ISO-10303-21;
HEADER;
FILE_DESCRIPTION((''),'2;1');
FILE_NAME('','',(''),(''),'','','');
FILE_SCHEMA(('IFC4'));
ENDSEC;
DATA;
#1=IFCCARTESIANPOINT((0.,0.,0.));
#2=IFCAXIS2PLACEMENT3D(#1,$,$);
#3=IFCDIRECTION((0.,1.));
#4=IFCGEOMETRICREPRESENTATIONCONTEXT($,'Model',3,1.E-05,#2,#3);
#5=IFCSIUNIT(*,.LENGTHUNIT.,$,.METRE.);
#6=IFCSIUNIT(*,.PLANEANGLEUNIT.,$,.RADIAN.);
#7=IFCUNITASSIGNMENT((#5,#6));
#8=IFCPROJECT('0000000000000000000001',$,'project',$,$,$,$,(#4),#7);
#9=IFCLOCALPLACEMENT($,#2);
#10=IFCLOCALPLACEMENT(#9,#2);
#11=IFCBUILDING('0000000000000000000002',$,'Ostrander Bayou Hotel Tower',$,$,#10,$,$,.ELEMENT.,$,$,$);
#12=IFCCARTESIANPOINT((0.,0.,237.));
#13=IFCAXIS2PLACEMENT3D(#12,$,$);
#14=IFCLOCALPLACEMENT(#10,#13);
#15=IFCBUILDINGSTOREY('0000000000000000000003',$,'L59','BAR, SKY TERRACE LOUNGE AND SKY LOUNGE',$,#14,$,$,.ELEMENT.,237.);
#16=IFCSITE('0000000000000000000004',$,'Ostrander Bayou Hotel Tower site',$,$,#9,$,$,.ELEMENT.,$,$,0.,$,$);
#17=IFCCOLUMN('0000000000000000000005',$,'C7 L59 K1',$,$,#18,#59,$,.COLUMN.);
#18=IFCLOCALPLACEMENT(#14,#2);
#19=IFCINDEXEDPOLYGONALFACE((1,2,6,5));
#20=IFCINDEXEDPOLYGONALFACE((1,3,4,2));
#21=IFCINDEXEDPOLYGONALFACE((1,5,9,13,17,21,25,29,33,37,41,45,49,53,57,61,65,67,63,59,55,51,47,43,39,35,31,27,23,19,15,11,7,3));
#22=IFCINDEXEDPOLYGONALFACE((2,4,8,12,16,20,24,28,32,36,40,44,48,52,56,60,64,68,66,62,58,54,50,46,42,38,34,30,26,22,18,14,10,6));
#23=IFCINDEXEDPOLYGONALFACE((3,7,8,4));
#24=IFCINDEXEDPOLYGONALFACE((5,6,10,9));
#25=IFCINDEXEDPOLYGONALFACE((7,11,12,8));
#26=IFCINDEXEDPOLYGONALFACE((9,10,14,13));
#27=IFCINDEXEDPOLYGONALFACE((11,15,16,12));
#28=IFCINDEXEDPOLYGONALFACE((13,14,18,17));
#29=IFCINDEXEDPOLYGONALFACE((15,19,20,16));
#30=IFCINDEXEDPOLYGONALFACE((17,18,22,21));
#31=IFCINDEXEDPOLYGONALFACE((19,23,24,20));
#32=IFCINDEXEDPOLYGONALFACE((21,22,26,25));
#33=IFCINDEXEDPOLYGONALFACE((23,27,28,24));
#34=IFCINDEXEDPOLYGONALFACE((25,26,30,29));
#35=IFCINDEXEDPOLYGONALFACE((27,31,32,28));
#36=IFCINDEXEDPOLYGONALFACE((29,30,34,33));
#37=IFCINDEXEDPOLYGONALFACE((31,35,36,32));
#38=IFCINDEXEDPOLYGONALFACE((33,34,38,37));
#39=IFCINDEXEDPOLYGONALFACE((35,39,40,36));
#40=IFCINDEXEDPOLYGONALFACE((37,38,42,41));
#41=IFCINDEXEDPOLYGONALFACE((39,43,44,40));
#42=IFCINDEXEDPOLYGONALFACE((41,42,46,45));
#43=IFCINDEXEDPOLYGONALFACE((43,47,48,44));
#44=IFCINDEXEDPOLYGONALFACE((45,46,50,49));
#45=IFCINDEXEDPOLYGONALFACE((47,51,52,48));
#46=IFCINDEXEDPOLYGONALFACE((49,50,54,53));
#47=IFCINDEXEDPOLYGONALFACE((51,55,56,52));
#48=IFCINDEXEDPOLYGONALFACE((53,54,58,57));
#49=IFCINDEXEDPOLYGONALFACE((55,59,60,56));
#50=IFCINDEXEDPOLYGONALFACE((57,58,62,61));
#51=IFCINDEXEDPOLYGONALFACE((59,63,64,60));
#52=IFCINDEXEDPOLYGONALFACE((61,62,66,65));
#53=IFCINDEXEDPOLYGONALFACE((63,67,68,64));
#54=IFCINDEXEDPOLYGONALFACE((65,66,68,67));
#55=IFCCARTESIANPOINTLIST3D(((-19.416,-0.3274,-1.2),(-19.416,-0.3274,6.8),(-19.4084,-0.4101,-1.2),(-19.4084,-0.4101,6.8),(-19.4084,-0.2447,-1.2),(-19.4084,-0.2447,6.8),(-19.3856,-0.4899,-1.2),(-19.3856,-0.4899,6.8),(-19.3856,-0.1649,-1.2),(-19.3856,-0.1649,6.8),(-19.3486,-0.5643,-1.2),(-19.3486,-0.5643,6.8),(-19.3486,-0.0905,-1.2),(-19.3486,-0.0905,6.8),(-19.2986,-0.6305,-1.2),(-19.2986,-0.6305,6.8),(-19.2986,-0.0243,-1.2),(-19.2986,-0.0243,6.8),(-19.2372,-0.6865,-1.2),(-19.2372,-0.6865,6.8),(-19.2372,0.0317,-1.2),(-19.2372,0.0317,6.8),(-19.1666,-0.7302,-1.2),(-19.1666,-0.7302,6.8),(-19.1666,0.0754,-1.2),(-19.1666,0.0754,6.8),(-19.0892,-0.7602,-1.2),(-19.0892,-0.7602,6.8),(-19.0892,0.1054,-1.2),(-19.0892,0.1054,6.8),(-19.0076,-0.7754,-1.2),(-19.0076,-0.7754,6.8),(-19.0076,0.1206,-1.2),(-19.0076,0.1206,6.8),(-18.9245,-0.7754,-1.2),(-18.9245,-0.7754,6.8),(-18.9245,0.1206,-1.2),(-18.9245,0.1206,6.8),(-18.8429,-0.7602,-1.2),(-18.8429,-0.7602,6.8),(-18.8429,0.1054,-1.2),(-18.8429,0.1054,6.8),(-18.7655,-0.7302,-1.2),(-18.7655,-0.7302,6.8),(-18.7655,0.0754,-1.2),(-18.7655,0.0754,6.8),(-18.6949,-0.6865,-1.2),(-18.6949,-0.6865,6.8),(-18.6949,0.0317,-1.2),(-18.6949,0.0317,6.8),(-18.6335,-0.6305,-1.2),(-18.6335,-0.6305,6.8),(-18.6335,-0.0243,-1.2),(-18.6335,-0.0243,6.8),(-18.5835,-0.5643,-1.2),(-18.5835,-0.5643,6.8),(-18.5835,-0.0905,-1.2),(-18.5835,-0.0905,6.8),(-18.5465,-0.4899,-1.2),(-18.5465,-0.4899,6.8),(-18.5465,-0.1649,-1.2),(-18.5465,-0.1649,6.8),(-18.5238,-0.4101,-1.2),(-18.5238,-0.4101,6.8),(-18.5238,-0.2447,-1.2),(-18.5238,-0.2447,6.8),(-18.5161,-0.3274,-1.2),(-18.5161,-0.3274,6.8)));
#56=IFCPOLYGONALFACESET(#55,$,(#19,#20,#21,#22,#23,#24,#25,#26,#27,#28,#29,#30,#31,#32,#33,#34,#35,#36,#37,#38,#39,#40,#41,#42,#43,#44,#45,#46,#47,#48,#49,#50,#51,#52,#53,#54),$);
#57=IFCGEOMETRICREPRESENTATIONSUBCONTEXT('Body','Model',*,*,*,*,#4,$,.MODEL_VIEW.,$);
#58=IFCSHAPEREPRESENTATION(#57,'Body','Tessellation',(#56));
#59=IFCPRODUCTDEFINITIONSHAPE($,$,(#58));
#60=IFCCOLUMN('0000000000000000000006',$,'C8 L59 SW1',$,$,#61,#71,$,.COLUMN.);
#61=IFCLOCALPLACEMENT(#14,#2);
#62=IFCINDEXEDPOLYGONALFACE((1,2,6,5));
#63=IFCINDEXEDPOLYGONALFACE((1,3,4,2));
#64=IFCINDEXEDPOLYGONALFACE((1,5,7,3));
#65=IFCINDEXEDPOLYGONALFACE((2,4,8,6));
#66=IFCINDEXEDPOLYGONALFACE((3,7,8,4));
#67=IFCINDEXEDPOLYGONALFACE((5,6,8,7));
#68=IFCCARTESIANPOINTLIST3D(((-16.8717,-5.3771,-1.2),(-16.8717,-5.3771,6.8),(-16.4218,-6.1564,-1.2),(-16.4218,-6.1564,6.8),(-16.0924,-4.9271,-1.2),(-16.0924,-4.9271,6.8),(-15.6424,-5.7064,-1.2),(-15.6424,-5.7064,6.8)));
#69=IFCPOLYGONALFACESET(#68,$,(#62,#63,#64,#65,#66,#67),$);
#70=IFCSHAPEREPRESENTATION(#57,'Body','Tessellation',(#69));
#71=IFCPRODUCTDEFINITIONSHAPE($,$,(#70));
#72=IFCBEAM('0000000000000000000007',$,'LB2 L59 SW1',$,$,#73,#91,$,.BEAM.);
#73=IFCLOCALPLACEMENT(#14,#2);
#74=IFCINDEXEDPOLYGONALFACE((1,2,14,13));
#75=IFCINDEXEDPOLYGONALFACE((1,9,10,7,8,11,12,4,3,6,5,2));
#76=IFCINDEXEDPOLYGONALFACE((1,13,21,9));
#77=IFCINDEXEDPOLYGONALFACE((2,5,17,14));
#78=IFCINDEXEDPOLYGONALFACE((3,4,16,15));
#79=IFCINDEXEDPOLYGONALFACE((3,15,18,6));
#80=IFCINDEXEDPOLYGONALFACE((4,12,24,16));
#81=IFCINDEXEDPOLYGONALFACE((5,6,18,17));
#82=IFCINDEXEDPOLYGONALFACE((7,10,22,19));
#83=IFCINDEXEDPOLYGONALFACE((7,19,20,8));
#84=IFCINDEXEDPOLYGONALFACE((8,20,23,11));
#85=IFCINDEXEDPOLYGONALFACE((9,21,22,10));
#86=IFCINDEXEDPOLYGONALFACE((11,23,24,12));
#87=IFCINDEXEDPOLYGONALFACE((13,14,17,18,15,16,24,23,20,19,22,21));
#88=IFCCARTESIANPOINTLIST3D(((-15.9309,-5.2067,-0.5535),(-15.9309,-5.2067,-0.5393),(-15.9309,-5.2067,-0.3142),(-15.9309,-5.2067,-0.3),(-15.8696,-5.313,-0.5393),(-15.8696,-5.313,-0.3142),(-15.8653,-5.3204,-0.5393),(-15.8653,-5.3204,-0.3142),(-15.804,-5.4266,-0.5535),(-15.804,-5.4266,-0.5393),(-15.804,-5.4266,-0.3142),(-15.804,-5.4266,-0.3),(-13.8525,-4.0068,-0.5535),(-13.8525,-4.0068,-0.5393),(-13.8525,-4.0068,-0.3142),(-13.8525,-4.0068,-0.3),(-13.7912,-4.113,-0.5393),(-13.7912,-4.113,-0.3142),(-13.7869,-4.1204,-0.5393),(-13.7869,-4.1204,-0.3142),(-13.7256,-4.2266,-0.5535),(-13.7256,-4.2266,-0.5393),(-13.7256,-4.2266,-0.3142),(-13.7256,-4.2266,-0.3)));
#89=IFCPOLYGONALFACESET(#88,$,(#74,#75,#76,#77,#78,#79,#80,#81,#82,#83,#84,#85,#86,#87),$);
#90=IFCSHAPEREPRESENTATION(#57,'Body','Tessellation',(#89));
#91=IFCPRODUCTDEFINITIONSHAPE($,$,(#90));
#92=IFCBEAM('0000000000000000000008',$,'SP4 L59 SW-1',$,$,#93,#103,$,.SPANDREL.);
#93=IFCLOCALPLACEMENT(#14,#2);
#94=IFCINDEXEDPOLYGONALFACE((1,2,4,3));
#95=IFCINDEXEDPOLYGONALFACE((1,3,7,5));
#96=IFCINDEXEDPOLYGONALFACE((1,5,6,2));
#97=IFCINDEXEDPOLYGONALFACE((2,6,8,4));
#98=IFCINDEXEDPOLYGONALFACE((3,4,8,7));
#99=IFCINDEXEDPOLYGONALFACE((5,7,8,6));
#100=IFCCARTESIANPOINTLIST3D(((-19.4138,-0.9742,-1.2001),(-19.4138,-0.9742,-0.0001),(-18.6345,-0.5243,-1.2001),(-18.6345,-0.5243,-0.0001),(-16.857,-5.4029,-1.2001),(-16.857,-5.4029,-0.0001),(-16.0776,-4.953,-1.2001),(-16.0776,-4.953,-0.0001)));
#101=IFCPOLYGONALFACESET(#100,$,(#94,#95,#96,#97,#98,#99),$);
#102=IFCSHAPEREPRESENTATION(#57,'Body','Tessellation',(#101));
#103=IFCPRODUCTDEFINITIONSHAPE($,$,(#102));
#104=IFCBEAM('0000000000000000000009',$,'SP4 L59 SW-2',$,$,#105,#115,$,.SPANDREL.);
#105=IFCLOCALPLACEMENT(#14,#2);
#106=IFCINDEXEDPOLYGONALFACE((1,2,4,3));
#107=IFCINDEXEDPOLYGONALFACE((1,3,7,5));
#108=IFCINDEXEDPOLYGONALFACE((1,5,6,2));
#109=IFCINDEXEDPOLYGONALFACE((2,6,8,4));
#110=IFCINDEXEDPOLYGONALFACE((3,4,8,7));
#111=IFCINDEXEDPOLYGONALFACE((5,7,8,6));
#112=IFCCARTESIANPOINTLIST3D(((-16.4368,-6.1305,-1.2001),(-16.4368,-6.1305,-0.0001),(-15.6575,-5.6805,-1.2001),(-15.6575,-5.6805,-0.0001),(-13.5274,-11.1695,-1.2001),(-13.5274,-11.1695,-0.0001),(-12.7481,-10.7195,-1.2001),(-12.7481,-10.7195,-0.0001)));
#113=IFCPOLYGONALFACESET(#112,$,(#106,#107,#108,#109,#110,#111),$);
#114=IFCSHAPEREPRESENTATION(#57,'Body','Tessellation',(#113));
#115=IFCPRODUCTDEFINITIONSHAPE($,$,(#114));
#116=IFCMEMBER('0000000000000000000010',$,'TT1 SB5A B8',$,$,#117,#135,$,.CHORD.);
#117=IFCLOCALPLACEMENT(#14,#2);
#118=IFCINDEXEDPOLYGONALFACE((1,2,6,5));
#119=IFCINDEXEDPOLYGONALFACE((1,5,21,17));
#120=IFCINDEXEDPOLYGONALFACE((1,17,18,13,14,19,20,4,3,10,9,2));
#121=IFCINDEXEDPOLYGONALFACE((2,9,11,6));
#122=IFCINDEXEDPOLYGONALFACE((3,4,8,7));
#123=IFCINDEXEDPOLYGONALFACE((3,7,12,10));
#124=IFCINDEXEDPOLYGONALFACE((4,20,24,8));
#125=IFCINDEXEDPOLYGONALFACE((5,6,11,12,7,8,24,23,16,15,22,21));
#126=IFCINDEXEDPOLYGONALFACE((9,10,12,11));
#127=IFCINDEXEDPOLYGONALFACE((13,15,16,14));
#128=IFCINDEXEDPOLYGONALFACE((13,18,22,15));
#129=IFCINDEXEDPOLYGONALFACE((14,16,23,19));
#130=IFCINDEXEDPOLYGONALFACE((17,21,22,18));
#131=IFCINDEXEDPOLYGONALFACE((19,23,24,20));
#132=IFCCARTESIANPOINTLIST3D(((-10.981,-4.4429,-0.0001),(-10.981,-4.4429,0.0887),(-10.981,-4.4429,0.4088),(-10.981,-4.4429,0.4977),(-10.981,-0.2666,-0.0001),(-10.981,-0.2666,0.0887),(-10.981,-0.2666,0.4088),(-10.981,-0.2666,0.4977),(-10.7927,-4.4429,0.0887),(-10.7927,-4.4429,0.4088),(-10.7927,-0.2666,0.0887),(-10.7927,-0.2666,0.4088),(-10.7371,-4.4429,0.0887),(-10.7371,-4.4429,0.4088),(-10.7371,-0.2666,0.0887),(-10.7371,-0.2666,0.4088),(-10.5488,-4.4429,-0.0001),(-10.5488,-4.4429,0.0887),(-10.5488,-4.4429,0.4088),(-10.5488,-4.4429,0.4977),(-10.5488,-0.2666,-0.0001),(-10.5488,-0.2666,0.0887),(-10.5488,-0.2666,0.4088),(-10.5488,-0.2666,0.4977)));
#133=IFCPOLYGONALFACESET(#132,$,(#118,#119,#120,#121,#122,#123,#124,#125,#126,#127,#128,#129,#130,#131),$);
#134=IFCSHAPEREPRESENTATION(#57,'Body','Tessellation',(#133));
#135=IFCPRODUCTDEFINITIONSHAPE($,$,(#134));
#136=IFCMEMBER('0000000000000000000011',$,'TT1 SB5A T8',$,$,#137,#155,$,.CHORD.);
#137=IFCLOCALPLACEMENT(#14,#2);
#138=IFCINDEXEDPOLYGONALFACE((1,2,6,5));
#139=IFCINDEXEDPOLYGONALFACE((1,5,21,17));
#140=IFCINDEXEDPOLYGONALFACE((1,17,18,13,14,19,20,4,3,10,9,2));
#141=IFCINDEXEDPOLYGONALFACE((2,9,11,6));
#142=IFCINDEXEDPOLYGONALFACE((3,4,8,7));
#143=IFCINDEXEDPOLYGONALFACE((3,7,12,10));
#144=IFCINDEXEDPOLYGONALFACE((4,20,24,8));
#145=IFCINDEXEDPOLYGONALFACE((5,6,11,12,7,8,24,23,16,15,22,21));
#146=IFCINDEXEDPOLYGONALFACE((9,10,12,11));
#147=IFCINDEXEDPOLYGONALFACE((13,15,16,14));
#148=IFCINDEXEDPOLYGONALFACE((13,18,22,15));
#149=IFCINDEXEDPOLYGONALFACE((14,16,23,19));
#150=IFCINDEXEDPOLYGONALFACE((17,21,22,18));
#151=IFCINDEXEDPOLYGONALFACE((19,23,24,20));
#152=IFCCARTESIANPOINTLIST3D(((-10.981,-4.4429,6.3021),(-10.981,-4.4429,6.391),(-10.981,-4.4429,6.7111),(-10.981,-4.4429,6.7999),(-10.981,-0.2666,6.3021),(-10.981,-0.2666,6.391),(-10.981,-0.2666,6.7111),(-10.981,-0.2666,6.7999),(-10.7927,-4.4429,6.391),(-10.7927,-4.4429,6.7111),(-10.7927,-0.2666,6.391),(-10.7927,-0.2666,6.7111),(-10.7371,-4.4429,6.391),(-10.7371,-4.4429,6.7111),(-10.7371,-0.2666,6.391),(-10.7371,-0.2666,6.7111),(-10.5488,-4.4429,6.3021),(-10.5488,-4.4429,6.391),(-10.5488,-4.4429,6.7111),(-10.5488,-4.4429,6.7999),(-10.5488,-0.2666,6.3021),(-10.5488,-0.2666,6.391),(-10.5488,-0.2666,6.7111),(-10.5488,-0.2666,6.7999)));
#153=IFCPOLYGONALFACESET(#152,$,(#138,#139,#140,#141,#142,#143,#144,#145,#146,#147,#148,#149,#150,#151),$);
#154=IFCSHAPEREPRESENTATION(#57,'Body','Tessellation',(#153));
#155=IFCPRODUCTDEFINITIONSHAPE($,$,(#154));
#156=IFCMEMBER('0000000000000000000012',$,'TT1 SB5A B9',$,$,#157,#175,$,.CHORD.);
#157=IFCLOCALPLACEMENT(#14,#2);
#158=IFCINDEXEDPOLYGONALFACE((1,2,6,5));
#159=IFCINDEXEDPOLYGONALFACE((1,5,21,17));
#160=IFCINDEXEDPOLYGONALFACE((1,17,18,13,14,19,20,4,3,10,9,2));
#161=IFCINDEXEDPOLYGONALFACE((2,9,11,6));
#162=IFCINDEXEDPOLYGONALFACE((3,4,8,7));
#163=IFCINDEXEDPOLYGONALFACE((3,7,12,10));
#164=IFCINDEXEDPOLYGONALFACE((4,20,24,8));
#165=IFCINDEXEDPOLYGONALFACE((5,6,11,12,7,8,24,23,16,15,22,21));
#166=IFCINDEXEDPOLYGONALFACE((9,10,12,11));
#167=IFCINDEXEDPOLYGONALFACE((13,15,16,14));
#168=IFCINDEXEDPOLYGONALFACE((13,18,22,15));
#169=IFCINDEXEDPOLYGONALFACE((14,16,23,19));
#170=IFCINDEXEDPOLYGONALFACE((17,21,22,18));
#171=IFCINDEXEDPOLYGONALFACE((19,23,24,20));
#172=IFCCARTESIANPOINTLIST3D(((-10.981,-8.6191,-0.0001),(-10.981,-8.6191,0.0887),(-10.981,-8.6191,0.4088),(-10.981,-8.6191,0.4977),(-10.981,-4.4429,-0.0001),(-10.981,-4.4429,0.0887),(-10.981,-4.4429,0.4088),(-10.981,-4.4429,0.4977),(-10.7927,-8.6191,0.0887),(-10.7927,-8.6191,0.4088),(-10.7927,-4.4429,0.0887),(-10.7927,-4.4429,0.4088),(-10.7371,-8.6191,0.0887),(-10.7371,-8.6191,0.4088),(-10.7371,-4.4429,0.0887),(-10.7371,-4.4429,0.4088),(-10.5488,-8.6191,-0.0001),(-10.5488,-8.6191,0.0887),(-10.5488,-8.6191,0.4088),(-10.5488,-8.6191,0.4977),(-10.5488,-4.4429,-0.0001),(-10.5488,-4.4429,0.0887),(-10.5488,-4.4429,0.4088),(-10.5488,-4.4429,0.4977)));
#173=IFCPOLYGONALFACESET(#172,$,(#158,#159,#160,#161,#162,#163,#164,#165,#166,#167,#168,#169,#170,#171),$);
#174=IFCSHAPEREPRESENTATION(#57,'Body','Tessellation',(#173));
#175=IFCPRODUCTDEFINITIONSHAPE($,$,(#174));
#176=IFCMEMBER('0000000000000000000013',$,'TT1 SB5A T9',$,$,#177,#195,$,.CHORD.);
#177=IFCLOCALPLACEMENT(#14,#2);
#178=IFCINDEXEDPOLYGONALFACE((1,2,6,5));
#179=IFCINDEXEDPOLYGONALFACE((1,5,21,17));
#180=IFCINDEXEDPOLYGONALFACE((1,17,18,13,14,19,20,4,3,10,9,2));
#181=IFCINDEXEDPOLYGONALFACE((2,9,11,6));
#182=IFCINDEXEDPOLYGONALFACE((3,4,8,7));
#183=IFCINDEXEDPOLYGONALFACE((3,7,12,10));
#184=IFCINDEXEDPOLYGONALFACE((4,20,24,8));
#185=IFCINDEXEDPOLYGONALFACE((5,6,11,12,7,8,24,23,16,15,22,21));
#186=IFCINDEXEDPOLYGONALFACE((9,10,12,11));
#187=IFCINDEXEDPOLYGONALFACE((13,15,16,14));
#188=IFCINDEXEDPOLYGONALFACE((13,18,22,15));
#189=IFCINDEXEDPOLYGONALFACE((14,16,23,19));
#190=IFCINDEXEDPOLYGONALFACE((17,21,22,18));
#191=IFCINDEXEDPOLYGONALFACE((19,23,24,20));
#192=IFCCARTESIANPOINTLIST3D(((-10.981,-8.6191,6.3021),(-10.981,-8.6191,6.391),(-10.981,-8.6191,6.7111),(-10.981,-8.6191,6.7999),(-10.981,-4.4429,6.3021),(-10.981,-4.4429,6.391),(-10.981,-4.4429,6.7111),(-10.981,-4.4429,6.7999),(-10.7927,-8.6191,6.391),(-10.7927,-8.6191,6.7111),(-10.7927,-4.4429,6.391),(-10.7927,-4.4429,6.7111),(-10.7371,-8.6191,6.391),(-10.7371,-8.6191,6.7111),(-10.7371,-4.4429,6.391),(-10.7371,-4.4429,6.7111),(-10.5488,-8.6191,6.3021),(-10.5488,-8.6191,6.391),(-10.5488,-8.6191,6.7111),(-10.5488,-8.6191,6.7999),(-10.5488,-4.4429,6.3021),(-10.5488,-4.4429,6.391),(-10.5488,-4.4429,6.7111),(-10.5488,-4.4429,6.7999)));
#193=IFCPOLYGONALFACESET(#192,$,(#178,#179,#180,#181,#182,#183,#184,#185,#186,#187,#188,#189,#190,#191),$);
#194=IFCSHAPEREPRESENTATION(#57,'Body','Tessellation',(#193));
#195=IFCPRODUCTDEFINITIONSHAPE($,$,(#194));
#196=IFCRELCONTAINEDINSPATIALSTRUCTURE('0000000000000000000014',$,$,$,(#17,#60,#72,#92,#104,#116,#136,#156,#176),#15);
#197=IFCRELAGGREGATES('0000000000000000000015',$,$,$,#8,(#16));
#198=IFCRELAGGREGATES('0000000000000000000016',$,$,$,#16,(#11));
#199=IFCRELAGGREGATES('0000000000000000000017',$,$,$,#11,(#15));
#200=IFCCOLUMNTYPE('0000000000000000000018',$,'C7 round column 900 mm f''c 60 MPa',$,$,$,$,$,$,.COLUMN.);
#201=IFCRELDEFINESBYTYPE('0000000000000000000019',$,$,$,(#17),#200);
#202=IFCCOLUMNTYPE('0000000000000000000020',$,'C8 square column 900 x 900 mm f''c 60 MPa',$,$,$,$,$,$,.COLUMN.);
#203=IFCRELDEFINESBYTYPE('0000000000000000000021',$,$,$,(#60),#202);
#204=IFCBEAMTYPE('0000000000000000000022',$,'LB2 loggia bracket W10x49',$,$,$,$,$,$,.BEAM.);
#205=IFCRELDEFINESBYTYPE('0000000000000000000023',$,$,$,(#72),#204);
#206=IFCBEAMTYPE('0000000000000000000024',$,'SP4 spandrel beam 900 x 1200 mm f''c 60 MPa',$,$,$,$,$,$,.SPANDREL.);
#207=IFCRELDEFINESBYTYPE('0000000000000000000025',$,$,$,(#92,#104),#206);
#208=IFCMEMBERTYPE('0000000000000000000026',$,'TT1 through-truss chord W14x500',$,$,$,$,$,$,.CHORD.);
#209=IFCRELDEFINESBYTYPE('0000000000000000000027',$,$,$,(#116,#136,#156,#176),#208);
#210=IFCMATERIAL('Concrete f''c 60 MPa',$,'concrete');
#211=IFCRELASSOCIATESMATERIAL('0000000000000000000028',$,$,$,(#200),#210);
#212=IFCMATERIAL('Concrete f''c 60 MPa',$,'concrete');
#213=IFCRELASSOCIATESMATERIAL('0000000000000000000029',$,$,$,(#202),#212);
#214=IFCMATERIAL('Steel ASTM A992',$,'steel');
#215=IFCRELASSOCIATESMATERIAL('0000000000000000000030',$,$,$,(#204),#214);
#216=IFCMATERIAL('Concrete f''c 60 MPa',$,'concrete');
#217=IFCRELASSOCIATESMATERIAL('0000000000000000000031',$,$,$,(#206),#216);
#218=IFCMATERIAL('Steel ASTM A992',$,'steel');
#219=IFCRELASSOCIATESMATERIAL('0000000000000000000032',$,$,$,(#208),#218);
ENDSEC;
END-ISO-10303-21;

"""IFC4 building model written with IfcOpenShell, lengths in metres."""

from ifc_helpers import new_model, si_unit, direction, frame, origin, origin_2d, place, context, subcontext, project, spatial, rectangle, circle, i_section, extrude, material, material_profile, profile_set, type_object, element, save


model = new_model("IFC4")

# Units and contexts
model_context = context("Model", 3, precision=1e-05, world=origin(), true_north=direction((0.0, 1.0)))
body_context = subcontext(model_context, "Body", "Model", "MODEL_VIEW")
ifc_project = project(units=[si_unit("LENGTHUNIT", "METRE"), si_unit("PLANEANGLEUNIT", "RADIAN")], contexts=[model_context])

# Site, building, storey
site_placement = place(None, origin())
site = spatial("IfcSite", under=ifc_project, at=site_placement, Name="Ostrander Bayou Hotel Tower site", CompositionType="ELEMENT", RefElevation=0.0)
building_placement = place(site_placement, origin())
building = spatial("IfcBuilding", under=site, at=building_placement, Name="Ostrander Bayou Hotel Tower", CompositionType="ELEMENT")
storey_placement = place(building_placement, frame((0.0, 0.0, 237.0)))
storey = spatial("IfcBuildingStorey", under=building, at=storey_placement, Name="L59", Description="BAR, SKY TERRACE LOUNGE AND SKY LOUNGE", CompositionType="ELEMENT", Elevation=237.0)

# Columns
ifc_material_1 = material(Name="Concrete f'c 60 MPa", Category="concrete")
ifc_material_profile_1 = material_profile(ifc_material_1, circle(Radius=0.45, at=origin_2d()))
ifc_profile_set_1 = profile_set([ifc_material_profile_1], Name="Concrete f'c 60 MPa")
column_type_1 = type_object("IfcColumnType", Name="C7 round column 900 mm f'c 60 MPa", PredefinedType="COLUMN", material=ifc_profile_set_1)
column_1_placement = place(storey_placement, frame((-18.9661, -0.3274, -1.2), z_axis=(0.0, 0.0, 1.0), x_axis=(1.0, 0.0, 0.0)))
element("IfcColumn", 1, at=column_1_placement, inside=storey, type_object=column_type_1, Name="C7 L59 K1", PredefinedType="COLUMN", context=body_context, shape_type="SweptSolid", body=[
    extrude(circle(Radius=0.45, at=origin_2d()), origin(), (0.0, 0.0, 1.0), 8.0),
])
ifc_material_2 = material(Name="Concrete f'c 60 MPa", Category="concrete")
ifc_material_profile_2 = material_profile(ifc_material_2, rectangle(XDim=0.8999, YDim=0.8999, at=origin_2d()))
ifc_profile_set_2 = profile_set([ifc_material_profile_2], Name="Concrete f'c 60 MPa")
column_type_2 = type_object("IfcColumnType", Name="C8 square column 900 x 900 mm f'c 60 MPa", PredefinedType="COLUMN", material=ifc_profile_set_2)
column_2_placement = place(storey_placement, frame((-16.2571, -5.5417, -1.2), z_axis=(0.0, 0.0, 1.0), x_axis=(-0.5, 0.866025, 0.0)))
element("IfcColumn", 2, at=column_2_placement, inside=storey, type_object=column_type_2, Name="C8 L59 SW1", PredefinedType="COLUMN", context=body_context, shape_type="SweptSolid", body=[
    extrude(rectangle(XDim=0.8999, YDim=0.8999, at=origin_2d()), origin(), (0.0, 0.0, 1.0), 8.0),
])

# Beams
ifc_material_3 = material(Name="Steel ASTM A992", Category="steel")
ifc_material_profile_3 = material_profile(ifc_material_3, i_section(OverallWidth=0.2539, OverallDepth=0.2534, WebThickness=0.0085, FlangeThickness=0.0142, at=origin_2d()))
ifc_profile_set_3 = profile_set([ifc_material_profile_3], Name="Steel ASTM A992")
beam_type_1 = type_object("IfcBeamType", Name="LB2 loggia bracket W10x49", PredefinedType="BEAM", material=ifc_profile_set_3)
beam_1_placement = place(storey_placement, frame((-15.8674, -5.3167, -0.4268), z_axis=(0.866025, 0.500001, 0.0), x_axis=(-0.500001, 0.866025, 0.0)))
element("IfcBeam", 3, at=beam_1_placement, inside=storey, type_object=beam_type_1, Name="LB2 L59 SW1", PredefinedType="BEAM", context=body_context, shape_type="SweptSolid", body=[
    extrude(i_section(OverallWidth=0.2539, OverallDepth=0.2534, WebThickness=0.0085, FlangeThickness=0.0142, at=origin_2d()), origin(), (0.0, 0.0, 1.0), 2.3999),
])
ifc_material_4 = material(Name="Concrete f'c 60 MPa", Category="concrete")
ifc_material_profile_4 = material_profile(ifc_material_4, rectangle(XDim=0.8999, YDim=1.2, at=origin_2d()))
ifc_profile_set_4 = profile_set([ifc_material_profile_4], Name="Concrete f'c 60 MPa")
beam_type_2 = type_object("IfcBeamType", Name="SP4 spandrel beam 900 x 1200 mm f'c 60 MPa", PredefinedType="SPANDREL", material=ifc_profile_set_4)
beam_2_placement = place(storey_placement, frame((-19.0242, -0.7493, -0.6001), z_axis=(0.499995, -0.866028, 0.0), x_axis=(0.866028, 0.499995, 0.0)))
element("IfcBeam", 4, at=beam_2_placement, inside=storey, type_object=beam_type_2, Name="SP4 L59 SW-1", PredefinedType="SPANDREL", context=body_context, shape_type="SweptSolid", body=[
    extrude(rectangle(XDim=0.8999, YDim=1.2, at=origin_2d()), origin(), (0.0, 0.0, 1.0), 5.1138),
])
beam_3_placement = place(storey_placement, frame((-16.0471, -5.9055, -0.6001), z_axis=(0.500015, -0.866016, 0.0), x_axis=(0.866016, 0.500015, 0.0)))
element("IfcBeam", 5, at=beam_3_placement, inside=storey, type_object=beam_type_2, Name="SP4 L59 SW-2", PredefinedType="SPANDREL", context=body_context, shape_type="SweptSolid", body=[
    extrude(rectangle(XDim=0.8999, YDim=1.2, at=origin_2d()), origin(), (0.0, 0.0, 1.0), 5.8186),
])

# Members
ifc_material_5 = material(Name="Steel ASTM A992", Category="steel")
ifc_material_profile_5 = material_profile(ifc_material_5, i_section(OverallWidth=0.4321, OverallDepth=0.4978, WebThickness=0.0557, FlangeThickness=0.0889, at=origin_2d()))
ifc_profile_set_5 = profile_set([ifc_material_profile_5], Name="Steel ASTM A992")
member_type_1 = type_object("IfcMemberType", Name="TT1 through-truss chord W14x500", PredefinedType="CHORD", material=ifc_profile_set_5)
for number, where, z_axis, x_axis, name in (
    (6, (-10.7649, -0.2666, 0.2488), (0.0, -1.0, 0.0), (1.0, 0.0, 0.0), "TT1 SB5A B8"),
    (7, (-10.7649, -0.2666, 6.551), (0.0, -1.0, 0.0), (1.0, 0.0, 0.0), "TT1 SB5A T8"),
    (8, (-10.7649, -4.4429, 0.2488), (0.0, -1.0, 0.0), (1.0, 0.0, 0.0), "TT1 SB5A B9"),
    (9, (-10.7649, -4.4429, 6.551), (0.0, -1.0, 0.0), (1.0, 0.0, 0.0), "TT1 SB5A T9"),
):
    element("IfcMember", number, at=place(storey_placement, frame(where, z_axis=z_axis, x_axis=x_axis)), inside=storey, type_object=member_type_1, Name=name, PredefinedType="CHORD", context=body_context, shape_type="SweptSolid", body=[
        extrude(i_section(OverallWidth=0.4321, OverallDepth=0.4978, WebThickness=0.0557, FlangeThickness=0.0889, at=origin_2d()), origin(), (0.0, 0.0, 1.0), 4.1763),
    ])

save(model, "model.ifc")
